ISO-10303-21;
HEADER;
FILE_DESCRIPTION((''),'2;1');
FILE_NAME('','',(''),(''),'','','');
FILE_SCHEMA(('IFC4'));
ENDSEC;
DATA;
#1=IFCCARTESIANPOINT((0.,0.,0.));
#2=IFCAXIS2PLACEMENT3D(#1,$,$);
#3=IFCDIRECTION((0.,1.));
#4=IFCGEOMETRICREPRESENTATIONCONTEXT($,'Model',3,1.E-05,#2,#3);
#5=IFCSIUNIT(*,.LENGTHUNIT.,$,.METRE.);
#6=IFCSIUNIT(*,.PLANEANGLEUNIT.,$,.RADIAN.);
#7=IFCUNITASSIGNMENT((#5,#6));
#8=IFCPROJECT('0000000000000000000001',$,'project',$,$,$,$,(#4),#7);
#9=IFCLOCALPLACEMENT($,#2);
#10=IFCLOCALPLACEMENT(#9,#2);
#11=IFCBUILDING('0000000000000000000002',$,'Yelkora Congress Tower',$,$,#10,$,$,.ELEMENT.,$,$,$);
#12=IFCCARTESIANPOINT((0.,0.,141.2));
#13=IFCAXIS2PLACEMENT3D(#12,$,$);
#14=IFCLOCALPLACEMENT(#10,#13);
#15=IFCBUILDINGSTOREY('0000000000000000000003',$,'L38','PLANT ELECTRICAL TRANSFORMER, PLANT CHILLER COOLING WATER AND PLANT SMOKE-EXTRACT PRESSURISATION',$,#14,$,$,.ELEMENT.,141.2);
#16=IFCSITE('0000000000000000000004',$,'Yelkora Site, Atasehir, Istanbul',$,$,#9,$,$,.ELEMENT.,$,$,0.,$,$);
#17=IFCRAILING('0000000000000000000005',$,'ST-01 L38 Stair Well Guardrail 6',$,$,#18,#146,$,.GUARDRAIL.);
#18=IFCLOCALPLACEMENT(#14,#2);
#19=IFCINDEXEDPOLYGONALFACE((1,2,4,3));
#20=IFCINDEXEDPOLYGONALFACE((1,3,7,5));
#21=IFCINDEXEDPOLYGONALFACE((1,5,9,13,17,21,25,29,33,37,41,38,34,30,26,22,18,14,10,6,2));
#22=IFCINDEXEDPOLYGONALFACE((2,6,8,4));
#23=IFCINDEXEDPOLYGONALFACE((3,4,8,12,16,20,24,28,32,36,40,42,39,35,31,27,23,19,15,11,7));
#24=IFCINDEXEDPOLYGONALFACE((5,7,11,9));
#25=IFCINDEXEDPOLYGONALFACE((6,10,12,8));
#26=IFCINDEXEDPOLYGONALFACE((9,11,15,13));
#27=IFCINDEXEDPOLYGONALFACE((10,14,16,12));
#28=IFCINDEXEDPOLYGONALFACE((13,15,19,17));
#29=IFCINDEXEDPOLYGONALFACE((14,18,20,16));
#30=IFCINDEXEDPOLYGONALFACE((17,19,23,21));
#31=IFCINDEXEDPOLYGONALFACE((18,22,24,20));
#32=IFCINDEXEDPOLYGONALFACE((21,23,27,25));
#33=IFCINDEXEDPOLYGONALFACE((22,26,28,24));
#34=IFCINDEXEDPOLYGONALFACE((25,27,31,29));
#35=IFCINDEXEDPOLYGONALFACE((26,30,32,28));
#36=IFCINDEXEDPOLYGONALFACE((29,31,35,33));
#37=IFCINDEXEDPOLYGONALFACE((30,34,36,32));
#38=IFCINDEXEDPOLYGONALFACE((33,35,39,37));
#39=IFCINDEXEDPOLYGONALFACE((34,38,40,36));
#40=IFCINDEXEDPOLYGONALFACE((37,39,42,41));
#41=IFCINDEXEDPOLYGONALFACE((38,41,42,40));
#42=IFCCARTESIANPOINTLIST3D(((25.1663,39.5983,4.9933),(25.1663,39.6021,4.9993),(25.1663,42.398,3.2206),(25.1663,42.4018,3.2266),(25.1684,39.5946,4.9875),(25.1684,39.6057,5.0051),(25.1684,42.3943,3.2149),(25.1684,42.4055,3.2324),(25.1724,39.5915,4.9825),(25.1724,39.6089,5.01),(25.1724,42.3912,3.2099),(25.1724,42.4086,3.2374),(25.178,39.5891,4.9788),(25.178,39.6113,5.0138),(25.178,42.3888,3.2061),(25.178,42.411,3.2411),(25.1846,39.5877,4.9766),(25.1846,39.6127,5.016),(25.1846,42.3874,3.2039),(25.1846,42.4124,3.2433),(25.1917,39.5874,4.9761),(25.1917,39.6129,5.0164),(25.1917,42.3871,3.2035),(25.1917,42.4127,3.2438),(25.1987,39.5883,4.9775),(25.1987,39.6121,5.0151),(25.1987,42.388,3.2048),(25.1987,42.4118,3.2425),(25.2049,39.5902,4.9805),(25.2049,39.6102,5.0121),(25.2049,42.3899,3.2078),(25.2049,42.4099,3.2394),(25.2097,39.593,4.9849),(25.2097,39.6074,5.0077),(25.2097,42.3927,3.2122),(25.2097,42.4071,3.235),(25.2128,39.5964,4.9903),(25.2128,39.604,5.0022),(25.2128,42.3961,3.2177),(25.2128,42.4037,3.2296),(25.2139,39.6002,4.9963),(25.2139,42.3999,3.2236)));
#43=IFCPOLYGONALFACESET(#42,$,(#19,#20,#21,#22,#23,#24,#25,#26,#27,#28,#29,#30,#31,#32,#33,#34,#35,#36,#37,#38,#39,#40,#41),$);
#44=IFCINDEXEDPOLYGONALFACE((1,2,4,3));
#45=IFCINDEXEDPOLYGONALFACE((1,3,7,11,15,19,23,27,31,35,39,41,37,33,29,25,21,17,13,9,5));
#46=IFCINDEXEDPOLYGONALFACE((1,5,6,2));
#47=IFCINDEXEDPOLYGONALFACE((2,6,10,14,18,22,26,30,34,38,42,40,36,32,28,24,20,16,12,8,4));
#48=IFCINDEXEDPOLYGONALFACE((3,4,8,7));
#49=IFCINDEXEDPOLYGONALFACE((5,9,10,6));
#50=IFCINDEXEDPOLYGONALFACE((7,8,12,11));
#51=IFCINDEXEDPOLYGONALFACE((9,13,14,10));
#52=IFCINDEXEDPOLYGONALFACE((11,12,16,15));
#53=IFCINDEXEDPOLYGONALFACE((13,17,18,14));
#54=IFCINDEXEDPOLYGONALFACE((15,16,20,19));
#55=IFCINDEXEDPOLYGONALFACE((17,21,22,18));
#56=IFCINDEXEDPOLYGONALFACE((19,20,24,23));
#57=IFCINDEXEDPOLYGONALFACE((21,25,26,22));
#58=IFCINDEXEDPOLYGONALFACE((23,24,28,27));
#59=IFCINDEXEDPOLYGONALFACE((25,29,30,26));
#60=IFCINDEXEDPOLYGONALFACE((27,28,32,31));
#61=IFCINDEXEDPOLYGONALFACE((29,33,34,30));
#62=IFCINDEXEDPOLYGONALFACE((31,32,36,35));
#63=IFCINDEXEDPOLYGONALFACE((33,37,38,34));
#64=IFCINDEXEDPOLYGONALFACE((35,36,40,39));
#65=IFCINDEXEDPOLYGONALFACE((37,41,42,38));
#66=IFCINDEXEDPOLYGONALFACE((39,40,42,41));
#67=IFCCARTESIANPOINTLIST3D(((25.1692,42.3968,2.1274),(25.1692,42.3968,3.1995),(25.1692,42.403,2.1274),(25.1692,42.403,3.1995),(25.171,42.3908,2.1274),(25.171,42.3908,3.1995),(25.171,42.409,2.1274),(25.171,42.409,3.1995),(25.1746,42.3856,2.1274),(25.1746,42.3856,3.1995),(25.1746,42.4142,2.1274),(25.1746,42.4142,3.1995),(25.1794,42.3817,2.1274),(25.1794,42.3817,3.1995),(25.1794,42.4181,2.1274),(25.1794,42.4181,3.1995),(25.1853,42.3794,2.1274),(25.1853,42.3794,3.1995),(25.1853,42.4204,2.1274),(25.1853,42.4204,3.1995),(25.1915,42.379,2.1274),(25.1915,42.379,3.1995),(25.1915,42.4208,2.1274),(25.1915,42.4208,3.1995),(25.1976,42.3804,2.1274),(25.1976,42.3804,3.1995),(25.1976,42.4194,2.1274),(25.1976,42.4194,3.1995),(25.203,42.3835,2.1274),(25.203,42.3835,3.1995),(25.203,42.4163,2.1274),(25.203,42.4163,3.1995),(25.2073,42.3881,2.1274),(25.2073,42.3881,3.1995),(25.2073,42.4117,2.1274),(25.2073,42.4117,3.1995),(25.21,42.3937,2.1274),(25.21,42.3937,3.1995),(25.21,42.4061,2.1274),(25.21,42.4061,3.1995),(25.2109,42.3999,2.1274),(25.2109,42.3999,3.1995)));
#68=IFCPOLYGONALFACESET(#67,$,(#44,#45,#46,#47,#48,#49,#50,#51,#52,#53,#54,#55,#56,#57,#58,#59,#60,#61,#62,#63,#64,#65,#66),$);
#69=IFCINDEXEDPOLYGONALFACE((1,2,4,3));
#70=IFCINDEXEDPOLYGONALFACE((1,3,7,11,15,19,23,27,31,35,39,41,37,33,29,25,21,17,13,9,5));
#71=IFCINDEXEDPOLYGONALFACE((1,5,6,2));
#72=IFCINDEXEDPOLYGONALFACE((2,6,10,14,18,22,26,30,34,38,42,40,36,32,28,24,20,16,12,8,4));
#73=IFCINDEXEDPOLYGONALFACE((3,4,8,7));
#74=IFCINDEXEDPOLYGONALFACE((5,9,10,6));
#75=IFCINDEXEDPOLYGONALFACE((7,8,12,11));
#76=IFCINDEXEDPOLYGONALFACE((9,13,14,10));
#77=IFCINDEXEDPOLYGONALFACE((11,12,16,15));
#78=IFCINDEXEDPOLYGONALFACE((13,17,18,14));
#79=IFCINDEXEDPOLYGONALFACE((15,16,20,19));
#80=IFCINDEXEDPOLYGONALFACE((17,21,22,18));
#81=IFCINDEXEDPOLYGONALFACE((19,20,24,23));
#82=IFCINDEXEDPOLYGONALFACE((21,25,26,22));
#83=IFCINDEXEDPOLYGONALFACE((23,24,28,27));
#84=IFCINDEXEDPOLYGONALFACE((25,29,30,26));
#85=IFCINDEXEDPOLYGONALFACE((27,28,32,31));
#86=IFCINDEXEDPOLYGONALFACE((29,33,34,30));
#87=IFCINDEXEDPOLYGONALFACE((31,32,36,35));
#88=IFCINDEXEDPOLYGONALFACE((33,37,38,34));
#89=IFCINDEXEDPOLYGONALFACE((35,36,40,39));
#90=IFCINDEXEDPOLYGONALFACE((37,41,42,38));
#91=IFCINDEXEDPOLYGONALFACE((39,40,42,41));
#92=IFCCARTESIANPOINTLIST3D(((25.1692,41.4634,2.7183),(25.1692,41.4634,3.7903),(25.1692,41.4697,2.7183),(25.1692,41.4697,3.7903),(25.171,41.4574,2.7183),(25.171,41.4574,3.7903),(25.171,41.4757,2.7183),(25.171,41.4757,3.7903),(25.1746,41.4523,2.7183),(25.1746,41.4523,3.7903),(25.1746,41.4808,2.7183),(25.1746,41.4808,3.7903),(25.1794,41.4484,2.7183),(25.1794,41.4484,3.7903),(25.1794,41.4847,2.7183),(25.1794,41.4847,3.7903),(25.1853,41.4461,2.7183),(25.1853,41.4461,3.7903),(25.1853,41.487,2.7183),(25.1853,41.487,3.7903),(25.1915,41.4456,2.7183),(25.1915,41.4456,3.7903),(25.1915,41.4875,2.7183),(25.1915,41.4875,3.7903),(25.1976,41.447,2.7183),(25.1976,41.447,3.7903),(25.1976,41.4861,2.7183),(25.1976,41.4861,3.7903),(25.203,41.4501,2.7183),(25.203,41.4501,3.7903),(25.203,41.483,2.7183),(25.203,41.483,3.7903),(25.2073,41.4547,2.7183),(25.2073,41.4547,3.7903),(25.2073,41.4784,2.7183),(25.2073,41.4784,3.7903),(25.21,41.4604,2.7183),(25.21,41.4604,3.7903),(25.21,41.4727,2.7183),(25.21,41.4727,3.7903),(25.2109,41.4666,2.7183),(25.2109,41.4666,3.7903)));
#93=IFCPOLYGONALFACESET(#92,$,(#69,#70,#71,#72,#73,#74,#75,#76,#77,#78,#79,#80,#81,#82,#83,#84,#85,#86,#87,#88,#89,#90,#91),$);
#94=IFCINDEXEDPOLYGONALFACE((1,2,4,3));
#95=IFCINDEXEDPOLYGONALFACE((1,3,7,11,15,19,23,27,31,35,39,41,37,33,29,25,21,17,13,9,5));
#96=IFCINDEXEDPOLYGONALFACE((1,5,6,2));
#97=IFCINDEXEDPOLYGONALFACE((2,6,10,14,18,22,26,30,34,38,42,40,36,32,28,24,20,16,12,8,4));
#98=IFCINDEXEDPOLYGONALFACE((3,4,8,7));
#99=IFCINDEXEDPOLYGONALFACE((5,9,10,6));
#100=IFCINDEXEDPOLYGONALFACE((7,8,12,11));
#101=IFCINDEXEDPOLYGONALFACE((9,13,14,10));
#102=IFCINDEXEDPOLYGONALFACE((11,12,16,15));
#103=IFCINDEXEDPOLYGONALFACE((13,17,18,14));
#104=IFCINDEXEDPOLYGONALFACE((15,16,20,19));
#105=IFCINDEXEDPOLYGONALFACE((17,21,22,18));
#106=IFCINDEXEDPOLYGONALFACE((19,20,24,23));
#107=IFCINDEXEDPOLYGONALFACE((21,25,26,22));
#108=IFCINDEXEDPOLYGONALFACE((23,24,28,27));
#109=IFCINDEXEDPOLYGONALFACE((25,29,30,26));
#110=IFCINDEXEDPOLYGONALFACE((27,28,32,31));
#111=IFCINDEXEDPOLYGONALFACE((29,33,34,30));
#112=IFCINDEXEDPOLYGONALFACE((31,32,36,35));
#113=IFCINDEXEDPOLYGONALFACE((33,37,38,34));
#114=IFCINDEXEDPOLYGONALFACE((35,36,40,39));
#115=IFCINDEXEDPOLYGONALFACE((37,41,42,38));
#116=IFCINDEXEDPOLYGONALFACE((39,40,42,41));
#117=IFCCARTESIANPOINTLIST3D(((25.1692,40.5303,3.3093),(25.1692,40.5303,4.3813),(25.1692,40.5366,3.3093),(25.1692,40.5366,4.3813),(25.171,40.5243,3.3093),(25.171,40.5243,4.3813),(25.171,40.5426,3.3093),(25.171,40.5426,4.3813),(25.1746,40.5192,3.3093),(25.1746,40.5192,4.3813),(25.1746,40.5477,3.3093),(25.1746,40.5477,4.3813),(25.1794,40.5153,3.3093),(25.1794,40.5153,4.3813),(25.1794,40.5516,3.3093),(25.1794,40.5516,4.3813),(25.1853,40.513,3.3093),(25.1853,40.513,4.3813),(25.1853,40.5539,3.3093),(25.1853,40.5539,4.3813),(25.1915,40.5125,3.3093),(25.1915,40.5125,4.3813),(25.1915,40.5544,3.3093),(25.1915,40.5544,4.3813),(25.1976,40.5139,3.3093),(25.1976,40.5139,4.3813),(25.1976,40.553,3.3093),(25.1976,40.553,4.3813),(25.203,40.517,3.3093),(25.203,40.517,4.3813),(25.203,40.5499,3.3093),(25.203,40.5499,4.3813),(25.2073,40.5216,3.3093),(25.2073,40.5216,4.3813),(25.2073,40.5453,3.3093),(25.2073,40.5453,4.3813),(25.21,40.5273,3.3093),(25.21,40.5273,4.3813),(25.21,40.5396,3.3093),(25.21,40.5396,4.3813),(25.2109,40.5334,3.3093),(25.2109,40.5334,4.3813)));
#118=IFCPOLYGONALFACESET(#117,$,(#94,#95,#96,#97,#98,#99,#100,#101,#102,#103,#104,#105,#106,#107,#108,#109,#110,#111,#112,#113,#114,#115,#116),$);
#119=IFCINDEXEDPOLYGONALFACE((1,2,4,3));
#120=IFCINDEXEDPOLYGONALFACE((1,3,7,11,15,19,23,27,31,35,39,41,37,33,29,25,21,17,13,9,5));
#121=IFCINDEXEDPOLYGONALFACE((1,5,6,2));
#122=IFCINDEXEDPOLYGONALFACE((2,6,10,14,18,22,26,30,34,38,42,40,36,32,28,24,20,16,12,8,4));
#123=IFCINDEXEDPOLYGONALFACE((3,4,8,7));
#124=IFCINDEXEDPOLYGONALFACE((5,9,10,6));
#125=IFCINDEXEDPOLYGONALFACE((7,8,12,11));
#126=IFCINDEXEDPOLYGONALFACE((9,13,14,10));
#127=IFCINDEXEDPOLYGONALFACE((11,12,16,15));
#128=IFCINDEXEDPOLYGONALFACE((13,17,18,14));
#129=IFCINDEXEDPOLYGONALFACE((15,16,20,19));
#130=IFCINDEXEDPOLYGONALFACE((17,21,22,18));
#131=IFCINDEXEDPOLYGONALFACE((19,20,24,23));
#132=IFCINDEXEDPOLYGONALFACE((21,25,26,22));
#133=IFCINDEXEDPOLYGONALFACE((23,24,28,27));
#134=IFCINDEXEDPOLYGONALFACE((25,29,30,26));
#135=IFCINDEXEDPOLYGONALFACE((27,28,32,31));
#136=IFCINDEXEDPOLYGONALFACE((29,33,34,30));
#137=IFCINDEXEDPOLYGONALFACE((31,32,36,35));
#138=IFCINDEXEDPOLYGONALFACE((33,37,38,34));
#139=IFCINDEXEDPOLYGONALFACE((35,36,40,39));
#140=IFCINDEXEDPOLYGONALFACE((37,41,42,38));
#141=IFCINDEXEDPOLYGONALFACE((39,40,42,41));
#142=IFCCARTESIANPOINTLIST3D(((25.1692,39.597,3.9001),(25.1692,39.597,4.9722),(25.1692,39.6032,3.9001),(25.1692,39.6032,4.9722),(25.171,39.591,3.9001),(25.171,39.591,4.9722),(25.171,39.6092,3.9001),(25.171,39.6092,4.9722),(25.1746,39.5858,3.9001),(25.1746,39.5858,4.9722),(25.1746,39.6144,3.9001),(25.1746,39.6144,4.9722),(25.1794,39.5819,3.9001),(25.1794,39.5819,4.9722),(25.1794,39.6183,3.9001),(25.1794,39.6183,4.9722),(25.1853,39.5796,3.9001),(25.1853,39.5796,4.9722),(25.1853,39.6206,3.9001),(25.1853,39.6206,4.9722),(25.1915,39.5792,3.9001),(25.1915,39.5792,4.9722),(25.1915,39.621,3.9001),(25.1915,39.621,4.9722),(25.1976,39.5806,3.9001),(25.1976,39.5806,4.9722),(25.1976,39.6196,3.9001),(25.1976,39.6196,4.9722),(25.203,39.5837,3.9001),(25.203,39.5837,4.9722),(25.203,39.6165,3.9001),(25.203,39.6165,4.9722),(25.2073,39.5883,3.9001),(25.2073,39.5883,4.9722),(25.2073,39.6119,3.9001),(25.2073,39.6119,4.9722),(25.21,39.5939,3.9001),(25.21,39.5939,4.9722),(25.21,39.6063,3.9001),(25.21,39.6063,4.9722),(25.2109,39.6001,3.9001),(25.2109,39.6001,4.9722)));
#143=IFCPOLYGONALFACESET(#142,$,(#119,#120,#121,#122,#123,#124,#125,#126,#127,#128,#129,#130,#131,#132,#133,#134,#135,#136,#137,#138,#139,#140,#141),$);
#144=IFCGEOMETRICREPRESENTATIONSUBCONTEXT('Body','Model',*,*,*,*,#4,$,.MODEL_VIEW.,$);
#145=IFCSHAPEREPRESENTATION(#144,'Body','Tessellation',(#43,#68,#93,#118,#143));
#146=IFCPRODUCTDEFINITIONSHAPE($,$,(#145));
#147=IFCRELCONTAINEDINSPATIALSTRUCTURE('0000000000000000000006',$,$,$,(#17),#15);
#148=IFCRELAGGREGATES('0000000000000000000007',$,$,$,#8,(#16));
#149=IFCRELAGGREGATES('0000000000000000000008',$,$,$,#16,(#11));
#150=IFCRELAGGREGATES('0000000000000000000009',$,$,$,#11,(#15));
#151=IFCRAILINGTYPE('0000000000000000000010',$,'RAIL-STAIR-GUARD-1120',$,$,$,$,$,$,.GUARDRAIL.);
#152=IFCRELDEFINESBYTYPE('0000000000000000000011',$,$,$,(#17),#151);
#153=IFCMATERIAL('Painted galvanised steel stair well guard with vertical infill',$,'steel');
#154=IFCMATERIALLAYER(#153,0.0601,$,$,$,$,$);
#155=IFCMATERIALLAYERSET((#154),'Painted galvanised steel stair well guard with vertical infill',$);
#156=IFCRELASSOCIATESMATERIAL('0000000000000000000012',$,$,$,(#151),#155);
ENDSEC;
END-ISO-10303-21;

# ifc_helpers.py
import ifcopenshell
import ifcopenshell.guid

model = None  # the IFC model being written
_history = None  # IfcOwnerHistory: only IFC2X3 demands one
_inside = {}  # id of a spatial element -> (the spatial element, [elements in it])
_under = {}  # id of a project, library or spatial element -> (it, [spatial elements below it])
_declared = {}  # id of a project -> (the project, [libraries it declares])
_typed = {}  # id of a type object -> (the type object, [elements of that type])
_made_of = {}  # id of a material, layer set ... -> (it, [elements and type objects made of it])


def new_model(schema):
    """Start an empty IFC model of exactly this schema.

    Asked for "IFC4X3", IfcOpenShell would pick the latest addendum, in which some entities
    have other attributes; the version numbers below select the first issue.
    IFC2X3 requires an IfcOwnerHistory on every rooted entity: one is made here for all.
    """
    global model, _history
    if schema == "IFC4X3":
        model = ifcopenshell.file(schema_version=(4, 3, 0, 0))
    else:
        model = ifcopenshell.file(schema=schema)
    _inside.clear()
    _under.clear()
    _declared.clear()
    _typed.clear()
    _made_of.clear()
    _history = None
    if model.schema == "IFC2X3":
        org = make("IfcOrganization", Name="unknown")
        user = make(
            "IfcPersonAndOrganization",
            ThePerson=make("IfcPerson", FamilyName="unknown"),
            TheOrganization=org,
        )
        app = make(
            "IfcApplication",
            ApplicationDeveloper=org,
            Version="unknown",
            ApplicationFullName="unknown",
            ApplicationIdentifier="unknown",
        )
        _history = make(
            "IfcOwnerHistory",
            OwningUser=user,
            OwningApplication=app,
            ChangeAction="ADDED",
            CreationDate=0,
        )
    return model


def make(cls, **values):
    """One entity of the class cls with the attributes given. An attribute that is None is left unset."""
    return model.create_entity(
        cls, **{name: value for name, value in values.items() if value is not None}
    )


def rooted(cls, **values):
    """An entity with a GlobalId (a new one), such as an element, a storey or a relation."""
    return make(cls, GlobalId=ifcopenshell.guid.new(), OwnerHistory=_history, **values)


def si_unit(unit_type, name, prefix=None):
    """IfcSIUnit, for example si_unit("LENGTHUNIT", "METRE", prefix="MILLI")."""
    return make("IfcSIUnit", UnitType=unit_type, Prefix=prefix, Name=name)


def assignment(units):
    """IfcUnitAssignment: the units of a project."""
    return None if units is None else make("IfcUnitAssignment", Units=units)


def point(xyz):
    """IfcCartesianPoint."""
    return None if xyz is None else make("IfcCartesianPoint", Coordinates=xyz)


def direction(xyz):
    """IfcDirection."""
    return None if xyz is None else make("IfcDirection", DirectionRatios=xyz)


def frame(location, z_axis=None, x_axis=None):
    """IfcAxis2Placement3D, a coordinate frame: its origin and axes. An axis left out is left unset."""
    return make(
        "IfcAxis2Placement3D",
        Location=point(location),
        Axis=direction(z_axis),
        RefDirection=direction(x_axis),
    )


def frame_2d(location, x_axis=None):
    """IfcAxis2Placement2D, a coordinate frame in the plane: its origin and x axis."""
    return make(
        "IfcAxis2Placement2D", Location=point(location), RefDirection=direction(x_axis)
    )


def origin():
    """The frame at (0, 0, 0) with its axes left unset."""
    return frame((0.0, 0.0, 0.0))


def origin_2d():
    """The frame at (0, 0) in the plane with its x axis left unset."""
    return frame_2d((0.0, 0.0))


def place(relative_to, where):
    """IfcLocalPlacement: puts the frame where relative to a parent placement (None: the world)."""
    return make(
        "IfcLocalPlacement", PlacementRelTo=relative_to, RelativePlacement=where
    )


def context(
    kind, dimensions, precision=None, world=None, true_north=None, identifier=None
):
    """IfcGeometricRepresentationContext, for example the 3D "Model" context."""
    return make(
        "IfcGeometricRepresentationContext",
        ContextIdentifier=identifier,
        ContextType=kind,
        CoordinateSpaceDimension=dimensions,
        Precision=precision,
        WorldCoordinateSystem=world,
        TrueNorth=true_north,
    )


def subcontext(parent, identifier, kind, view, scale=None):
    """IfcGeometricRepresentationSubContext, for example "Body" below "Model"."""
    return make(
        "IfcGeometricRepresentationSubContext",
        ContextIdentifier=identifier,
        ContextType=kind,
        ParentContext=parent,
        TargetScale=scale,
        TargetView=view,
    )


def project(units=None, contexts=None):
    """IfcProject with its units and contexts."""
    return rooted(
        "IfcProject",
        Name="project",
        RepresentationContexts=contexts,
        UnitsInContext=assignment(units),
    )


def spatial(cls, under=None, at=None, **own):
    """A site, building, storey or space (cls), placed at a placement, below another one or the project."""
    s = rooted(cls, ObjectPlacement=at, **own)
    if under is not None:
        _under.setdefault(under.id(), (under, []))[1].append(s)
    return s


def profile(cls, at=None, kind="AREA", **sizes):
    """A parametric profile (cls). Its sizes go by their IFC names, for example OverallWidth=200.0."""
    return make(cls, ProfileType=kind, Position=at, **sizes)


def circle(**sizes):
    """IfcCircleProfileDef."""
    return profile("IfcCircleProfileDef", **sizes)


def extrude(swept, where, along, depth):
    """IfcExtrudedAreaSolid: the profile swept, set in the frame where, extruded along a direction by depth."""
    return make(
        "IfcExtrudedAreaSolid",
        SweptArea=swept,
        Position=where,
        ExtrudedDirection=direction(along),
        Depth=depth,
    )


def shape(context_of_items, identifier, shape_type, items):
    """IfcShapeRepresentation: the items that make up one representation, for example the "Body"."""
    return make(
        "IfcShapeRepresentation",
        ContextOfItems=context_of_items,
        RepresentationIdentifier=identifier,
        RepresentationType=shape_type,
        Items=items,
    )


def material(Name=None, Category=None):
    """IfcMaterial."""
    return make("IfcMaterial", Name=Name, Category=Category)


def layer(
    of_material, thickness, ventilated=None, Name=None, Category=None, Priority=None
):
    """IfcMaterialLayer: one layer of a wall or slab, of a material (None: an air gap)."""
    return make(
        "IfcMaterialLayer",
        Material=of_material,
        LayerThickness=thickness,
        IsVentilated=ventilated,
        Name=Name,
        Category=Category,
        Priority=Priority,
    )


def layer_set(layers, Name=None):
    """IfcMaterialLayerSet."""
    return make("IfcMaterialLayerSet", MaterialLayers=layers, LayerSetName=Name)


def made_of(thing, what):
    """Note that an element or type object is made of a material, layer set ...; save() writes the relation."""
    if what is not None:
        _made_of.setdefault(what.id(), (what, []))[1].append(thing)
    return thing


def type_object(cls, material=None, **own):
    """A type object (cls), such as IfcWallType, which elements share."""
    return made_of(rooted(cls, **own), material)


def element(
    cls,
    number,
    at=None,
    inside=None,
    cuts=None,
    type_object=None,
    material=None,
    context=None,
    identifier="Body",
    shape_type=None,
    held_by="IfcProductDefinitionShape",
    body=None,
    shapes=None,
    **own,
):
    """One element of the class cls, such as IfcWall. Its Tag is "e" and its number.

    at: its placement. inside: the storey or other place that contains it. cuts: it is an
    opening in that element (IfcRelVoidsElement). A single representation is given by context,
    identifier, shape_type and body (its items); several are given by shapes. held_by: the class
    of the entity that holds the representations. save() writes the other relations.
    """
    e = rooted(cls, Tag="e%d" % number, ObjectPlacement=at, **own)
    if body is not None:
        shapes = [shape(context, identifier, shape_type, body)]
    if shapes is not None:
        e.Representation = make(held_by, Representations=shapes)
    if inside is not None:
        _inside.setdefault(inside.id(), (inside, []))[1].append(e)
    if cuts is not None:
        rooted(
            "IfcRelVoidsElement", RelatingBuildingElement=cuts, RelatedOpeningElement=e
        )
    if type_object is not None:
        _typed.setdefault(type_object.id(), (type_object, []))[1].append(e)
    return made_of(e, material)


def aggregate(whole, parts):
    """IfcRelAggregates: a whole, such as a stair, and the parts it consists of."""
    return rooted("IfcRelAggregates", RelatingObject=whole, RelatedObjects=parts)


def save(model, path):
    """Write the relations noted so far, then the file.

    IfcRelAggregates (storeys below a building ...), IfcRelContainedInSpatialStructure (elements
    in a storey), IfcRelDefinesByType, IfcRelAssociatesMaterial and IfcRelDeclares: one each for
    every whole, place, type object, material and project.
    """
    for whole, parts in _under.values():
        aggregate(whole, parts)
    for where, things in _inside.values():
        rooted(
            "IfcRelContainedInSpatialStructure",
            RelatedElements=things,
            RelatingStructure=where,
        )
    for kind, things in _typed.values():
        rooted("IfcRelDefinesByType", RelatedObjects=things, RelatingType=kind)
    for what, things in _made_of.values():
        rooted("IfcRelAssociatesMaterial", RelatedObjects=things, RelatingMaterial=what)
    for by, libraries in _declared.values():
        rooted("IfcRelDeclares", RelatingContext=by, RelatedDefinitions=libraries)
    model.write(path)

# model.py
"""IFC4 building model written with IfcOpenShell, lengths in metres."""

from ifc_helpers import new_model, si_unit, direction, frame, origin, origin_2d, place, context, subcontext, project, spatial, circle, extrude, material, layer, layer_set, type_object, element, save


model = new_model("IFC4")

# Units and contexts
model_context = context("Model", 3, precision=1e-05, world=origin(), true_north=direction((0.0, 1.0)))
body_context = subcontext(model_context, "Body", "Model", "MODEL_VIEW")
ifc_project = project(units=[si_unit("LENGTHUNIT", "METRE"), si_unit("PLANEANGLEUNIT", "RADIAN")], contexts=[model_context])

# Site, building, storey
site_placement = place(None, origin())
site = spatial("IfcSite", under=ifc_project, at=site_placement, Name="Yelkora Site, Atasehir, Istanbul", CompositionType="ELEMENT", RefElevation=0.0)
building_placement = place(site_placement, origin())
building = spatial("IfcBuilding", under=site, at=building_placement, Name="Yelkora Congress Tower", CompositionType="ELEMENT")
storey_placement = place(building_placement, frame((0.0, 0.0, 141.2)))
storey = spatial("IfcBuildingStorey", under=building, at=storey_placement, Name="L38", Description="PLANT ELECTRICAL TRANSFORMER, PLANT CHILLER COOLING WATER AND PLANT SMOKE-EXTRACT PRESSURISATION", CompositionType="ELEMENT", Elevation=141.2)

# Railing
ifc_material_1 = material(Name="Painted galvanised steel stair well guard with vertical infill", Category="steel")
ifc_layer_1 = layer(ifc_material_1, 0.0601)
ifc_layer_set_1 = layer_set([ifc_layer_1], Name="Painted galvanised steel stair well guard with vertical infill")
railing_type_1 = type_object("IfcRailingType", Name="RAIL-STAIR-GUARD-1120", PredefinedType="GUARDRAIL", material=ifc_layer_set_1)
railing_1_placement = place(storey_placement, frame((25.1899, 42.3999, 2.1274)))
element("IfcRailing", 1, at=railing_1_placement, inside=storey, type_object=railing_type_1, Name="ST-01 L38 Stair Well Guardrail 6", PredefinedType="GUARDRAIL", context=body_context, shape_type="SweptSolid", body=[
    extrude(circle(Radius=0.0239, at=origin_2d()), frame((0.0, 0.0, 1.0962), z_axis=(0.0, -0.844888, 0.534943), x_axis=(1.0, 0.0, 0.0)), (0.0, 0.0, 1.0), 3.3137),
    extrude(circle(Radius=0.021, at=origin_2d()), origin(), (0.0, 0.0, 1.0), 1.072),
    extrude(circle(Radius=0.021, at=origin_2d()), frame((0.0, -0.9333, 0.5908)), (0.0, 0.0, 1.0), 1.072),
    extrude(circle(Radius=0.021, at=origin_2d()), frame((0.0, -1.8665, 1.1819)), (0.0, 0.0, 1.0), 1.072),
    extrude(circle(Radius=0.021, at=origin_2d()), frame((0.0, -2.7998, 1.7727)), (0.0, 0.0, 1.0), 1.072),
])

save(model, "model.ifc")
